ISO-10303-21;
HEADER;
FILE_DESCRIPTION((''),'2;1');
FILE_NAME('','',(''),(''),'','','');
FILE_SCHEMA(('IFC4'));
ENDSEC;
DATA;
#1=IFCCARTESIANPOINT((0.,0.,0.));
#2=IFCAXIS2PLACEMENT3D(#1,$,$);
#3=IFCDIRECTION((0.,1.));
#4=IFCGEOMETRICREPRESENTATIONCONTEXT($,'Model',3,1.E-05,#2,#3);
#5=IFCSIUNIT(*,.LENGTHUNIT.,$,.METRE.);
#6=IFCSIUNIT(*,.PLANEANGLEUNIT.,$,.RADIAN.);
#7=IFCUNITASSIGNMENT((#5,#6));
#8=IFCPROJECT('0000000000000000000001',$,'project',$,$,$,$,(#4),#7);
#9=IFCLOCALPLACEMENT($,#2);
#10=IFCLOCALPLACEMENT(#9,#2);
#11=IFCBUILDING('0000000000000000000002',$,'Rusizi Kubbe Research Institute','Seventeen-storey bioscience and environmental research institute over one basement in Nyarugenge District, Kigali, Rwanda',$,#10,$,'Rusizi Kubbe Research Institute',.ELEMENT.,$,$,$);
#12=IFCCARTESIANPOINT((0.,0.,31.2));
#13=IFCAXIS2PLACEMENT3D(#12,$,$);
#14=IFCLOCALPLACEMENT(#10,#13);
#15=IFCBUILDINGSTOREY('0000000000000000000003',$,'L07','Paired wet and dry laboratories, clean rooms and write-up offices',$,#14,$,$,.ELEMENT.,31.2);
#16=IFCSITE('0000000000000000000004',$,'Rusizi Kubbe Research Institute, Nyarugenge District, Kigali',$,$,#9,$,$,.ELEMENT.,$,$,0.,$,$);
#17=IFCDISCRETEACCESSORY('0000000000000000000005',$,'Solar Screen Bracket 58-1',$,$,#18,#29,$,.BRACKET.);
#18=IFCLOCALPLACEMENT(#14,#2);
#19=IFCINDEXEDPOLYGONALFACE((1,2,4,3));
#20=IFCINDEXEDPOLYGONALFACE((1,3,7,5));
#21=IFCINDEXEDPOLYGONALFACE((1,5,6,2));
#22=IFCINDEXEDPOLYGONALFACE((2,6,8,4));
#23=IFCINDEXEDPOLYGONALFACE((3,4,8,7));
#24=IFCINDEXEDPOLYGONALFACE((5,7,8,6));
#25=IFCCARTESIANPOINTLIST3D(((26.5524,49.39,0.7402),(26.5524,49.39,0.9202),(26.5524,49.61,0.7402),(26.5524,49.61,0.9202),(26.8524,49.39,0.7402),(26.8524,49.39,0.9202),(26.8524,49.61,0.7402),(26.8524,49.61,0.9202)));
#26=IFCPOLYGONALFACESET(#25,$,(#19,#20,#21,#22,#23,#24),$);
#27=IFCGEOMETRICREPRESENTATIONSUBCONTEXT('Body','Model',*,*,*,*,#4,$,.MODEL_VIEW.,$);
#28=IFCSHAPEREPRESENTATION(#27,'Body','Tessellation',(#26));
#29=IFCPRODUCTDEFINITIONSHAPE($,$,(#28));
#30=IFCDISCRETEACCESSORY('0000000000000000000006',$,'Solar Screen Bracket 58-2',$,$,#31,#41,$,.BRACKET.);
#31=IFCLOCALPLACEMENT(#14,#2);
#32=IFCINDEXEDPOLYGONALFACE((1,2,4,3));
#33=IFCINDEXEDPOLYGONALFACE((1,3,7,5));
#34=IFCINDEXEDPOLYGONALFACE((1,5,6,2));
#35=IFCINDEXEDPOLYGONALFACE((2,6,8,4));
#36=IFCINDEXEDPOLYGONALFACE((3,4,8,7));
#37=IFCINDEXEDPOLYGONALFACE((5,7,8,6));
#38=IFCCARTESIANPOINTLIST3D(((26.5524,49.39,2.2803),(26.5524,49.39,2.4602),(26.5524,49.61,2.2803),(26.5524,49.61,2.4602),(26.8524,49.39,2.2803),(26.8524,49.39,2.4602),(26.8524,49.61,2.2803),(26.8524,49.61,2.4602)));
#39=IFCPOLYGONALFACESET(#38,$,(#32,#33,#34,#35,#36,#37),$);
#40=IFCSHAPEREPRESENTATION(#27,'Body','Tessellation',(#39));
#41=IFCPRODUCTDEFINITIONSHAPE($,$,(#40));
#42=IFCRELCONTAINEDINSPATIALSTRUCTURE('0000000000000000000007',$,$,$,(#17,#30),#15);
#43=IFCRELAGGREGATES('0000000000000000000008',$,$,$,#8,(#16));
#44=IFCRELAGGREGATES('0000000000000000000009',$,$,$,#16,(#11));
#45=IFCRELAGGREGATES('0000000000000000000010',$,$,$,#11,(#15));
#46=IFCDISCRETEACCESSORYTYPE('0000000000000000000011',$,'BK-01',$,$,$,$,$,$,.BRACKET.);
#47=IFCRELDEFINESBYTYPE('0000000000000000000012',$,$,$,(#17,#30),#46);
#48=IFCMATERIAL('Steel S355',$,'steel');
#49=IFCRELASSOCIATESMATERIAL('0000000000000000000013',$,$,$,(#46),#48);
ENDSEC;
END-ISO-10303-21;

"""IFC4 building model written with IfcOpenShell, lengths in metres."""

from ifc_helpers import new_model, si_unit, direction, frame, origin, origin_2d, place, context, subcontext, project, spatial, rectangle, extrude, material, type_object, element, save


model = new_model("IFC4")

# Units and contexts
model_context = context("Model", 3, precision=1e-05, world=origin(), true_north=direction((0.0, 1.0)))
body_context = subcontext(model_context, "Body", "Model", "MODEL_VIEW")
ifc_project = project(units=[si_unit("LENGTHUNIT", "METRE"), si_unit("PLANEANGLEUNIT", "RADIAN")], contexts=[model_context])

# Site, building, storey
site_placement = place(None, origin())
site = spatial("IfcSite", under=ifc_project, at=site_placement, Name="Rusizi Kubbe Research Institute, Nyarugenge District, Kigali", CompositionType="ELEMENT", RefElevation=0.0)
building_placement = place(site_placement, origin())
building = spatial("IfcBuilding", under=site, at=building_placement, Name="Rusizi Kubbe Research Institute", Description="Seventeen-storey bioscience and environmental research institute over one basement in Nyarugenge District, Kigali, Rwanda", LongName="Rusizi Kubbe Research Institute", CompositionType="ELEMENT")
storey_placement = place(building_placement, frame((0.0, 0.0, 31.2)))
storey = spatial("IfcBuildingStorey", under=building, at=storey_placement, Name="L07", Description="Paired wet and dry laboratories, clean rooms and write-up offices", CompositionType="ELEMENT", Elevation=31.2)

# Discrete accessories
ifc_material_1 = material(Name="Steel S355", Category="steel")
discrete_accessory_type = type_object("IfcDiscreteAccessoryType", Name="BK-01", PredefinedType="BRACKET", material=ifc_material_1)
for number, where, z_axis, x_axis, name in (
    (1, (26.7024, 49.5, 0.7402), (0.0, 0.0, 1.0), (1.0, 0.0, 0.0), "Solar Screen Bracket 58-1"),
    (2, (26.7024, 49.5, 2.2803), (0.0, 0.0, 1.0), (1.0, 0.0, 0.0), "Solar Screen Bracket 58-2"),
):
    element("IfcDiscreteAccessory", number, at=place(storey_placement, frame(where, z_axis=z_axis, x_axis=x_axis)), inside=storey, type_object=discrete_accessory_type, Name=name, PredefinedType="BRACKET", context=body_context, shape_type="SweptSolid", body=[
        extrude(rectangle(XDim=0.3, YDim=0.22, at=origin_2d()), origin(), (0.0, 0.0, 1.0), 0.1799),
    ])

save(model, "model.ifc")
